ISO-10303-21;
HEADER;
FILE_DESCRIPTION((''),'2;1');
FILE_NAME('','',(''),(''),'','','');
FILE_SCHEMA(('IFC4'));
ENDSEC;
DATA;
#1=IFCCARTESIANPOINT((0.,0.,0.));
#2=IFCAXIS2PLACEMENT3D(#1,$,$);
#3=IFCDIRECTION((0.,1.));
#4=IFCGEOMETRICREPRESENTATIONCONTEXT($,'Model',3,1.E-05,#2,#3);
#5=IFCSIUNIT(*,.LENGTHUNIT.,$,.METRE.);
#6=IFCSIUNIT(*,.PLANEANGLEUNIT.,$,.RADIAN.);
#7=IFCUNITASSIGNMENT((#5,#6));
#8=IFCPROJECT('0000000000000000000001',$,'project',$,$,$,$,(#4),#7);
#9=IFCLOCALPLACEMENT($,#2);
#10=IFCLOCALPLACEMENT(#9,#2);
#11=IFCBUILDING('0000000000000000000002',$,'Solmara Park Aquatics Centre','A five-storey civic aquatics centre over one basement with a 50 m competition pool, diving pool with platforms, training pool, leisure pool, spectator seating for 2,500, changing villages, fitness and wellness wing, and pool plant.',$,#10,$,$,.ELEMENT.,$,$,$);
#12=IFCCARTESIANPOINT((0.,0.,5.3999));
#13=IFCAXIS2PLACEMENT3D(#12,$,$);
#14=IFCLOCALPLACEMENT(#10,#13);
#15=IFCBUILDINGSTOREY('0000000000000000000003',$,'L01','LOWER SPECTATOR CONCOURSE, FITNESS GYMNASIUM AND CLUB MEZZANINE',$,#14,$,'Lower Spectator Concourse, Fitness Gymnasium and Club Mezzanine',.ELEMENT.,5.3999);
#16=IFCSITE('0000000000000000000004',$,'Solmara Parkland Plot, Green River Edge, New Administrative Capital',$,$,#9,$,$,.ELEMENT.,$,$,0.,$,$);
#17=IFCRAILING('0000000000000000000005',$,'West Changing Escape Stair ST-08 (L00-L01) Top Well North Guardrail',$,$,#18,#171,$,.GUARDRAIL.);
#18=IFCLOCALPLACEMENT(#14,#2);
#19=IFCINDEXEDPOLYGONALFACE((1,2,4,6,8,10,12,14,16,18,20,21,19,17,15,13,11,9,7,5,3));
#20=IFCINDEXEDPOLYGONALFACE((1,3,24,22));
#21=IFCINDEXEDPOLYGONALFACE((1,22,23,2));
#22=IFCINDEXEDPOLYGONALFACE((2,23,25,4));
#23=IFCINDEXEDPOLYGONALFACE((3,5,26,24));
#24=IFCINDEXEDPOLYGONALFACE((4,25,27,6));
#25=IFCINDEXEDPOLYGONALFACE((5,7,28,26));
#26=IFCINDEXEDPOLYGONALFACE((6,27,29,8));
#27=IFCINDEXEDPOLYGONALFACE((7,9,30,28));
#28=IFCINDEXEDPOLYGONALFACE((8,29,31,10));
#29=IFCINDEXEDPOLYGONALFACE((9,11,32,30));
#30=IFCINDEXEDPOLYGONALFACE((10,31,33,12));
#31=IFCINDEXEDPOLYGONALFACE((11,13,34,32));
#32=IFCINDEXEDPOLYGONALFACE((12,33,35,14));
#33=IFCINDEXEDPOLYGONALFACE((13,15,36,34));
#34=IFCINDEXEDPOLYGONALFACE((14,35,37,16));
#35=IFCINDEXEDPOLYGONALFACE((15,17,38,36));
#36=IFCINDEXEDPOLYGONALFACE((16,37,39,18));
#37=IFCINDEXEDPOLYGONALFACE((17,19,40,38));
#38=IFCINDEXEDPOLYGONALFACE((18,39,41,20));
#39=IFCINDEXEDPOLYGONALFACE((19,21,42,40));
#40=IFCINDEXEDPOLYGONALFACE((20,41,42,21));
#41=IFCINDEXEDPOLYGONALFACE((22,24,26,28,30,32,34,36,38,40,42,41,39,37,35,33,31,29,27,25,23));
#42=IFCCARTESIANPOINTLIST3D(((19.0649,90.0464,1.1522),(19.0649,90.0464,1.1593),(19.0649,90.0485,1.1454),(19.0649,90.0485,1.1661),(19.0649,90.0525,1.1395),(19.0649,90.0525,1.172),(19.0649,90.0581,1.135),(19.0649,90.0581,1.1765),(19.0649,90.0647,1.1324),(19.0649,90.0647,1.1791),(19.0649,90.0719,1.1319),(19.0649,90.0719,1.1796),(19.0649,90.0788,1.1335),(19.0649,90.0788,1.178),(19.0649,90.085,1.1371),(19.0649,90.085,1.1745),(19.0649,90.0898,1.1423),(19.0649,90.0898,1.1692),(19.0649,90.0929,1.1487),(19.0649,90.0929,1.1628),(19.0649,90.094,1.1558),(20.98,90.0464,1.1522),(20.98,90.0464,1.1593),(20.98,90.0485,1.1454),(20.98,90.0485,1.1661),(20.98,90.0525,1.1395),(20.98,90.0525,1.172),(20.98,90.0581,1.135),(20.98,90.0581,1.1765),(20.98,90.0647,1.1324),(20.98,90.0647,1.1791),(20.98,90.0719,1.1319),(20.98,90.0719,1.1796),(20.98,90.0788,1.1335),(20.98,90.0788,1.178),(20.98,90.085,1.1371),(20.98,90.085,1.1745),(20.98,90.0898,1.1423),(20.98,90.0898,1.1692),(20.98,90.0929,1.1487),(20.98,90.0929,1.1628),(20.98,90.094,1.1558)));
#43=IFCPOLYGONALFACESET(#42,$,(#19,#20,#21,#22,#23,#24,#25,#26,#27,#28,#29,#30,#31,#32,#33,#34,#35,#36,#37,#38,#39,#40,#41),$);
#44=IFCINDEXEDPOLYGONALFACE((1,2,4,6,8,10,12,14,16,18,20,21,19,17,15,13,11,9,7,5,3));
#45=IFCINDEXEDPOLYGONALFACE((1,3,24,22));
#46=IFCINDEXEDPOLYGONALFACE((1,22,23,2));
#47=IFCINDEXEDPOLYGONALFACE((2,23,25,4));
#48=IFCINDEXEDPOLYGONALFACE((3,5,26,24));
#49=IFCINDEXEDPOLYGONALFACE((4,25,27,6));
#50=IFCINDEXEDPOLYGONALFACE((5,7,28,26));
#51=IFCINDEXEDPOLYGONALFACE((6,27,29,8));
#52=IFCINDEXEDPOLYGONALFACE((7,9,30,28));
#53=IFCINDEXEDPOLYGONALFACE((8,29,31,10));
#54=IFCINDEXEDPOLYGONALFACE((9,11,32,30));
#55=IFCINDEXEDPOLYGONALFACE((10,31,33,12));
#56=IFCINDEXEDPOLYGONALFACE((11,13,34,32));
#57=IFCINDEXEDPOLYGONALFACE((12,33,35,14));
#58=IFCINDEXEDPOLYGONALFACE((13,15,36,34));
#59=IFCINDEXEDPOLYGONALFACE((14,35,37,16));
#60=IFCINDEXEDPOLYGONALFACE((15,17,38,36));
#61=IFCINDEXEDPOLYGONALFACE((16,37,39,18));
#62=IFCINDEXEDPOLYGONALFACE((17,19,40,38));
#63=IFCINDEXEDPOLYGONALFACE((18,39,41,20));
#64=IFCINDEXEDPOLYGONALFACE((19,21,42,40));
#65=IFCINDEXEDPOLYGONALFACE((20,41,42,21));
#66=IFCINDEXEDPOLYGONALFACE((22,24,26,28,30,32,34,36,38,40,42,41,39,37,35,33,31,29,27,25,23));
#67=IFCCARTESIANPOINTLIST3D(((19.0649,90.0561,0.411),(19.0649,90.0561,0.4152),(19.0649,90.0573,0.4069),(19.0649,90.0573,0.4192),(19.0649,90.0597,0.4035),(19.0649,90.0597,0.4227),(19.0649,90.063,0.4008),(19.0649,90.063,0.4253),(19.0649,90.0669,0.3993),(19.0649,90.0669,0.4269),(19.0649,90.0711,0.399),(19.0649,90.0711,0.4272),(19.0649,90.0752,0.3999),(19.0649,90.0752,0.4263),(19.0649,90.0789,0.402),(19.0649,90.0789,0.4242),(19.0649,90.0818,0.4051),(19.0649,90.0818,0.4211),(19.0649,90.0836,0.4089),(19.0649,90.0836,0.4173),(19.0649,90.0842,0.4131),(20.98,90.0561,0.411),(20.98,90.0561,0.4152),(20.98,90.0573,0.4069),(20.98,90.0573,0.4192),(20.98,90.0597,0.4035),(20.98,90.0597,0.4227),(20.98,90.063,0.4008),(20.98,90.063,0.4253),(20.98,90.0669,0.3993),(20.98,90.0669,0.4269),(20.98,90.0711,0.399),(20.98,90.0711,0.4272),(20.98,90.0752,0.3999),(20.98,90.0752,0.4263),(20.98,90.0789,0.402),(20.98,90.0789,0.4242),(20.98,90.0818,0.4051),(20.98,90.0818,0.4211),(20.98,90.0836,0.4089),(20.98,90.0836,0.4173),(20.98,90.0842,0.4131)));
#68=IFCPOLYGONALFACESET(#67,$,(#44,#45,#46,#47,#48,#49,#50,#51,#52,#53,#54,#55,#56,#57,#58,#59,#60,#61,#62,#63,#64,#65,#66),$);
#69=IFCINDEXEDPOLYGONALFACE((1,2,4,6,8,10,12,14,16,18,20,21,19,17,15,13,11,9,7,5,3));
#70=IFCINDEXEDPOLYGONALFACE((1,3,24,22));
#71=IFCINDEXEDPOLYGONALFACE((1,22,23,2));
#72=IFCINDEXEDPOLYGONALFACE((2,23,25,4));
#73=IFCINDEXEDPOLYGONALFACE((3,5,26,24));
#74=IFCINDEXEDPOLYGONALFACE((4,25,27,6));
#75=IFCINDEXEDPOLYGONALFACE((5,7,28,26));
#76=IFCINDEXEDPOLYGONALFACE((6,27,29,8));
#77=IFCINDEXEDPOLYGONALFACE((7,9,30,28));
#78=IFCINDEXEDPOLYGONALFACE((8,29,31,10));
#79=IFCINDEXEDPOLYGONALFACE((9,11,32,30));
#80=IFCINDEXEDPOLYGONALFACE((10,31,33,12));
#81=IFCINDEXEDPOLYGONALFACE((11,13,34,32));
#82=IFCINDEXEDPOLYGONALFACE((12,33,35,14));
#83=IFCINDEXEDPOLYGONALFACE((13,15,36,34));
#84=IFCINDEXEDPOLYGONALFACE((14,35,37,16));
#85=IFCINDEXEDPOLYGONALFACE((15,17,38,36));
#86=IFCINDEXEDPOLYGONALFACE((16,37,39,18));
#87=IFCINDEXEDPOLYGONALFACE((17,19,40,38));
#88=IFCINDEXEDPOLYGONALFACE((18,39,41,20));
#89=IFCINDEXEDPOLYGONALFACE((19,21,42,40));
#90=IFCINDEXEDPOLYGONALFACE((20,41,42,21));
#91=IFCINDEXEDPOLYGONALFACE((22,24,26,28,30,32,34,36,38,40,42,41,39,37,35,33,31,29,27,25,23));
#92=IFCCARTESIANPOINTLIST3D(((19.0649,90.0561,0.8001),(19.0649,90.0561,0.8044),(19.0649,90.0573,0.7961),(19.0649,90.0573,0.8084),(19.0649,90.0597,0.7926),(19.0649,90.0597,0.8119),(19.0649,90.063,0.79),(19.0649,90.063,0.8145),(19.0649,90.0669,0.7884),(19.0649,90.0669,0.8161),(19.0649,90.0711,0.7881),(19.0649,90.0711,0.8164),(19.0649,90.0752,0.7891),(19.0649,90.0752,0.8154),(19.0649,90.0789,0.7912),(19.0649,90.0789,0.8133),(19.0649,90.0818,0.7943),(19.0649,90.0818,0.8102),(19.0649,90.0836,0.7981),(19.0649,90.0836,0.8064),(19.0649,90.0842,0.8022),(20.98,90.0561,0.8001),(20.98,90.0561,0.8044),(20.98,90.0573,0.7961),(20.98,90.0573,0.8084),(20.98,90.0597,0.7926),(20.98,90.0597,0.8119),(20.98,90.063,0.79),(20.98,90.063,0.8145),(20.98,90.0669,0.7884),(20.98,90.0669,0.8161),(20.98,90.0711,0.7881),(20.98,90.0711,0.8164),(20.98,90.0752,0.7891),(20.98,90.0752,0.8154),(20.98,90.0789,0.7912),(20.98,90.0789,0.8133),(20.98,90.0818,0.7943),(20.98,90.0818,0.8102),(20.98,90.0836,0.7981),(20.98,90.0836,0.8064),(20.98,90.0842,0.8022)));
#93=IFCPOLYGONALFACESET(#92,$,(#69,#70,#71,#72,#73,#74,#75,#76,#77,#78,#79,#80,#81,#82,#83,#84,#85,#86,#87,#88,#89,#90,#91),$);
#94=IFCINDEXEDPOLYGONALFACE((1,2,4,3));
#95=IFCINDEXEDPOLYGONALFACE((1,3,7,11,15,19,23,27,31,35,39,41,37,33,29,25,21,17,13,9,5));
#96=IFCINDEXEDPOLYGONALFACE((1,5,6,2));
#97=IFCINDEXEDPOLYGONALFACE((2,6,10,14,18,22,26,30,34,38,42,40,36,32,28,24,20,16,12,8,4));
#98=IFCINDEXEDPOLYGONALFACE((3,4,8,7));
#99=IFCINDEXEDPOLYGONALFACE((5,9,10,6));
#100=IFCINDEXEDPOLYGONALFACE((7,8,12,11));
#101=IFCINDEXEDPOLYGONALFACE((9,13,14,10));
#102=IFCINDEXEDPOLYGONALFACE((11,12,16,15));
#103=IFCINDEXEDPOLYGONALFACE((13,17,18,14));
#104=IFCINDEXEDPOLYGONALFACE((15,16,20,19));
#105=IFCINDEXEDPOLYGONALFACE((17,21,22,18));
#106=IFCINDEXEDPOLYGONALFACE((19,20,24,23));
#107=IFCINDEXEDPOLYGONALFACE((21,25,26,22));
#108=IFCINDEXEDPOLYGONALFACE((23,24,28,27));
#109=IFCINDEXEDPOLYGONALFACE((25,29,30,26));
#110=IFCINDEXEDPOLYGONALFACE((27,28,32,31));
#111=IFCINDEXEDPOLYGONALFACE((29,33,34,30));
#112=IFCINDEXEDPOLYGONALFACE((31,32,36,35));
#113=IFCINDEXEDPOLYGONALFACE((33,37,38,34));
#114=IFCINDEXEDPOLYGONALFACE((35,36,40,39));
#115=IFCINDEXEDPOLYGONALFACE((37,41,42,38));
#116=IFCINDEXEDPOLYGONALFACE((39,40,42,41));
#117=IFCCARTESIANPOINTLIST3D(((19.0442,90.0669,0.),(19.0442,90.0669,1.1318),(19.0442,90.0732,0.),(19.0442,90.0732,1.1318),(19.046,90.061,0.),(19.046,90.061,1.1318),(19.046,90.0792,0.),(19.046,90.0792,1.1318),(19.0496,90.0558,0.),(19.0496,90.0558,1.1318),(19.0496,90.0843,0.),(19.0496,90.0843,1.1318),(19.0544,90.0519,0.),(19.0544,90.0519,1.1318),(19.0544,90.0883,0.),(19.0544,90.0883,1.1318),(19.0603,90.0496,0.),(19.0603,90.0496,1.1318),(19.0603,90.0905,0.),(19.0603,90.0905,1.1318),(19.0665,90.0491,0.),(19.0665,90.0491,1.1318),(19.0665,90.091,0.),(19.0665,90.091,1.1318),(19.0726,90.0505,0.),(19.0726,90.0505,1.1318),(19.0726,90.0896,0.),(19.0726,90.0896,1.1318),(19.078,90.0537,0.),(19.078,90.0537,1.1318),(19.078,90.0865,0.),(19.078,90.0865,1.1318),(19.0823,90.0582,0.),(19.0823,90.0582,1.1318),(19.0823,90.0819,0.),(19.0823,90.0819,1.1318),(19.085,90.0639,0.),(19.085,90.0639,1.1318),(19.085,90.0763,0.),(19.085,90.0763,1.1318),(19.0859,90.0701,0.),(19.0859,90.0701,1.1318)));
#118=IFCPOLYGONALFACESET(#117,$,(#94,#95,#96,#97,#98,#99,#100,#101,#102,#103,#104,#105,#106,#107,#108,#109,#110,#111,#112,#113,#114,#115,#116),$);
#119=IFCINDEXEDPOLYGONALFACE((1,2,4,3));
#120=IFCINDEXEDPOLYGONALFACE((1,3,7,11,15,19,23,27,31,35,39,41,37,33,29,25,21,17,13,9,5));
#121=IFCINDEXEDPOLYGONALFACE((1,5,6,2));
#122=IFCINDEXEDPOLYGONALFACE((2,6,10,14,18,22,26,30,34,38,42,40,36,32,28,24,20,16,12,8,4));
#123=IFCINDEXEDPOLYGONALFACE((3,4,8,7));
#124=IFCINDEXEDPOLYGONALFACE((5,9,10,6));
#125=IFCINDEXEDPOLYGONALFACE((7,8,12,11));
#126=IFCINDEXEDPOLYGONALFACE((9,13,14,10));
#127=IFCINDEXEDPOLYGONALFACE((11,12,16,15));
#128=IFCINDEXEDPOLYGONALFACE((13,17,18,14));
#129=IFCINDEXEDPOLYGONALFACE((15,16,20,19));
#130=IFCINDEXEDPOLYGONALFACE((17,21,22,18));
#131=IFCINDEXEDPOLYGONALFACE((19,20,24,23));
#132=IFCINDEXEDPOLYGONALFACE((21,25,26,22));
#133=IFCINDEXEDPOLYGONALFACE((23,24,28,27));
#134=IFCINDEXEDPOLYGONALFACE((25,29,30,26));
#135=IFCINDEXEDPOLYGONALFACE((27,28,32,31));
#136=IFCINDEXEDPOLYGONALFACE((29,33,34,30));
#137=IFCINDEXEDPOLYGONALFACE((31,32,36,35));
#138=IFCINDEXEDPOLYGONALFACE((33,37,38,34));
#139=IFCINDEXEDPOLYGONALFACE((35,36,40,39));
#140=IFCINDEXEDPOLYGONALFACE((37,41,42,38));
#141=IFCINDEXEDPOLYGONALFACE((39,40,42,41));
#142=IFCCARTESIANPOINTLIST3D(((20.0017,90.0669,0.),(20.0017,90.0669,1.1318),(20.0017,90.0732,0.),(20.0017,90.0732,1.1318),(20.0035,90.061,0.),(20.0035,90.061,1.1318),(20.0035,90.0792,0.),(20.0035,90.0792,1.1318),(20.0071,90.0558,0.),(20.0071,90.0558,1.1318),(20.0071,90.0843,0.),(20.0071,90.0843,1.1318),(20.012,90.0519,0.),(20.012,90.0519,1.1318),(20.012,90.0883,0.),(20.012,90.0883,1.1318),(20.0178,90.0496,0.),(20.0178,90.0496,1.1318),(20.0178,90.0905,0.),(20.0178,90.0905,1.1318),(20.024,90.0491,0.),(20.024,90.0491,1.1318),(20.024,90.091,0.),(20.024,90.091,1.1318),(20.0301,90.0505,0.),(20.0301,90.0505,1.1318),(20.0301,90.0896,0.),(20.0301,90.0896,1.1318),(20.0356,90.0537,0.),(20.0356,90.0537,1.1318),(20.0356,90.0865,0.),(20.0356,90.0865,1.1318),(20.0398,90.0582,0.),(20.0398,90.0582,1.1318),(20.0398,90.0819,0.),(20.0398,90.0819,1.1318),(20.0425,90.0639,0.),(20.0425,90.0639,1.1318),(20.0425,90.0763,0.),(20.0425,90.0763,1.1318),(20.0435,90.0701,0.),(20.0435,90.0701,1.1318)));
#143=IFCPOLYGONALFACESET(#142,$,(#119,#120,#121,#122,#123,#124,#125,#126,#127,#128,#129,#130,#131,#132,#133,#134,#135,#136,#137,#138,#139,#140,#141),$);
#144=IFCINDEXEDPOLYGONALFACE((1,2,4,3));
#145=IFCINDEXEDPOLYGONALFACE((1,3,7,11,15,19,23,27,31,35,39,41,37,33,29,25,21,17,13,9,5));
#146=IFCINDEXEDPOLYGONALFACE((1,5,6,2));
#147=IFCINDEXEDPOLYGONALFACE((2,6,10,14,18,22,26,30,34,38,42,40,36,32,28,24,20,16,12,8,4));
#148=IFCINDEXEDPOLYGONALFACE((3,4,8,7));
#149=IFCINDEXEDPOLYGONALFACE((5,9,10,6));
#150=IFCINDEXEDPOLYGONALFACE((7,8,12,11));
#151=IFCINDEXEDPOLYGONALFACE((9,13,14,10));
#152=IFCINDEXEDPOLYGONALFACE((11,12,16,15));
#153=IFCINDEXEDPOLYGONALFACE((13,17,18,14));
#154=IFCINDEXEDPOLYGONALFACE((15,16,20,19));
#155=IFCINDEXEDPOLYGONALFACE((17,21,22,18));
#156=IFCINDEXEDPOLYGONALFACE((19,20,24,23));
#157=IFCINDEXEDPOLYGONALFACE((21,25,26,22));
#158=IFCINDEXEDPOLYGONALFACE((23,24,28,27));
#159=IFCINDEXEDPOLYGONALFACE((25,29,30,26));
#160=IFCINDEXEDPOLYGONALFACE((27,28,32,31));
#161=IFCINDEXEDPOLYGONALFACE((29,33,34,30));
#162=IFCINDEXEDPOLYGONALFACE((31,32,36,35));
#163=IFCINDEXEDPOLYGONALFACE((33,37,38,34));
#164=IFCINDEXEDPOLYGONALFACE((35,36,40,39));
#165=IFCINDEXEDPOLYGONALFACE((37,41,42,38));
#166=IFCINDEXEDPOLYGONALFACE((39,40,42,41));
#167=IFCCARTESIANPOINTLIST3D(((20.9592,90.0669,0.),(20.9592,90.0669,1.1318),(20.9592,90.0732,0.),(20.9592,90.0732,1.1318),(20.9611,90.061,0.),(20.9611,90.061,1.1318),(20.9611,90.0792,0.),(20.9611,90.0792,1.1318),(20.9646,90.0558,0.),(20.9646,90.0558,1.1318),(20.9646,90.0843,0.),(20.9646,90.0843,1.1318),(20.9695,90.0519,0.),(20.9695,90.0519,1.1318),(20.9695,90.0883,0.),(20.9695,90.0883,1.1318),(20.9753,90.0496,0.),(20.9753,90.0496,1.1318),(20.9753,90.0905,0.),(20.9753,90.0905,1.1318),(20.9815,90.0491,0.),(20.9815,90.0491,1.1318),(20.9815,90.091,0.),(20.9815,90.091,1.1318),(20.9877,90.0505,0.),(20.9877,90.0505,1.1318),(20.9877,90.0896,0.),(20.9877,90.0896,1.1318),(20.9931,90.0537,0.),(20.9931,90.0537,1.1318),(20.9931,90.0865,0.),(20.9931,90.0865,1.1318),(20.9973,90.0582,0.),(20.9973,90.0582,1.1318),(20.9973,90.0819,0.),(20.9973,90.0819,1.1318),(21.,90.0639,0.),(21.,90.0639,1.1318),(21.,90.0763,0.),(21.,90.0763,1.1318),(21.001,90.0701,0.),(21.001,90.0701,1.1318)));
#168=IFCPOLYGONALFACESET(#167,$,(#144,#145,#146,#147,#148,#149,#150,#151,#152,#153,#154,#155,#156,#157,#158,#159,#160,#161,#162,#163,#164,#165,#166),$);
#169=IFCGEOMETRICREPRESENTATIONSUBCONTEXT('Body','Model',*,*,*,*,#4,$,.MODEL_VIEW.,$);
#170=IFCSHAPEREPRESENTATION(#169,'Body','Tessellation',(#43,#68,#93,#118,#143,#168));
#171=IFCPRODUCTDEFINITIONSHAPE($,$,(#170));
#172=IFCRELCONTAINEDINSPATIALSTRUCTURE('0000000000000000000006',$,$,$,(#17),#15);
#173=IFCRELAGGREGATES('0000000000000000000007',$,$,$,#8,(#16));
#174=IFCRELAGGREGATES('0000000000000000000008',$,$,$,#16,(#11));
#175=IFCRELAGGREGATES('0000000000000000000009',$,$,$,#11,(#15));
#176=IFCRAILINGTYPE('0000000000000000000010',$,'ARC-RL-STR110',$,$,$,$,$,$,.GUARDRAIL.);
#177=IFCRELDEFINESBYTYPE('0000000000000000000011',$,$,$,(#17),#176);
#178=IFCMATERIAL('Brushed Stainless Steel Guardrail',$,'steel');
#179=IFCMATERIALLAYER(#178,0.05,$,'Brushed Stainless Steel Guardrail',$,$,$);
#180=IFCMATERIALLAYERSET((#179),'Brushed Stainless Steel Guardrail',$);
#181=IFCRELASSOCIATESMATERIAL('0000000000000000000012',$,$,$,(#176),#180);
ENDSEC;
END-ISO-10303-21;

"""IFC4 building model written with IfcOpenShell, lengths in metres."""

from ifc_helpers import new_model, si_unit, direction, frame, origin, origin_2d, place, context, subcontext, project, spatial, circle, extrude, material, layer, layer_set, type_object, element, save


model = new_model("IFC4")

# Units and contexts
model_context = context("Model", 3, precision=1e-05, world=origin(), true_north=direction((0.0, 1.0)))
body_context = subcontext(model_context, "Body", "Model", "MODEL_VIEW")
ifc_project = project(units=[si_unit("LENGTHUNIT", "METRE"), si_unit("PLANEANGLEUNIT", "RADIAN")], contexts=[model_context])

# Site, building, storey
site_placement = place(None, origin())
site = spatial("IfcSite", under=ifc_project, at=site_placement, Name="Solmara Parkland Plot, Green River Edge, New Administrative Capital", CompositionType="ELEMENT", RefElevation=0.0)
building_placement = place(site_placement, origin())
building = spatial("IfcBuilding", under=site, at=building_placement, Name="Solmara Park Aquatics Centre", Description="A five-storey civic aquatics centre over one basement with a 50 m competition pool, diving pool with platforms, training pool, leisure pool, spectator seating for 2,500, changing villages, fitness and wellness wing, and pool plant.", CompositionType="ELEMENT")
storey_placement = place(building_placement, frame((0.0, 0.0, 5.3999)))
storey = spatial("IfcBuildingStorey", under=building, at=storey_placement, Name="L01", Description="LOWER SPECTATOR CONCOURSE, FITNESS GYMNASIUM AND CLUB MEZZANINE", LongName="Lower Spectator Concourse, Fitness Gymnasium and Club Mezzanine", CompositionType="ELEMENT", Elevation=5.3999)

# Railing
ifc_material_1 = material(Name="Brushed Stainless Steel Guardrail", Category="steel")
ifc_layer_1 = layer(ifc_material_1, 0.05, Name="Brushed Stainless Steel Guardrail")
ifc_layer_set_1 = layer_set([ifc_layer_1], Name="Brushed Stainless Steel Guardrail")
railing_type = type_object("IfcRailingType", Name="ARC-RL-STR110", PredefinedType="GUARDRAIL", material=ifc_layer_set_1)
railing_1_placement = place(storey_placement, frame((19.0649, 90.0701, 0.0)))
element("IfcRailing", 1, at=railing_1_placement, inside=storey, type_object=railing_type, Name="West Changing Escape Stair ST-08 (L00-L01) Top Well North Guardrail", PredefinedType="GUARDRAIL", context=body_context, shape_type="SweptSolid", body=[
    extrude(circle(Radius=0.0239, at=origin_2d()), frame((0.0, 0.0, 1.1558), z_axis=(1.0, 0.0, 0.0), x_axis=(0.0, 1.0, 0.0)), (0.0, 0.0, 1.0), 1.915),
    extrude(circle(Radius=0.0142, at=origin_2d()), frame((0.0, 0.0, 0.4131), z_axis=(1.0, 0.0, 0.0), x_axis=(0.0, 1.0, 0.0)), (0.0, 0.0, 1.0), 1.915),
    extrude(circle(Radius=0.0142, at=origin_2d()), frame((0.0, 0.0, 0.8022), z_axis=(1.0, 0.0, 0.0), x_axis=(0.0, 1.0, 0.0)), (0.0, 0.0, 1.0), 1.915),
    extrude(circle(Radius=0.021, at=origin_2d()), origin(), (0.0, 0.0, 1.0), 1.1318),
    extrude(circle(Radius=0.021, at=origin_2d()), frame((0.9575, 0.0, 0.0)), (0.0, 0.0, 1.0), 1.1318),
    extrude(circle(Radius=0.021, at=origin_2d()), frame((1.915, 0.0, 0.0)), (0.0, 0.0, 1.0), 1.1318),
])

save(model, "model.ifc")
